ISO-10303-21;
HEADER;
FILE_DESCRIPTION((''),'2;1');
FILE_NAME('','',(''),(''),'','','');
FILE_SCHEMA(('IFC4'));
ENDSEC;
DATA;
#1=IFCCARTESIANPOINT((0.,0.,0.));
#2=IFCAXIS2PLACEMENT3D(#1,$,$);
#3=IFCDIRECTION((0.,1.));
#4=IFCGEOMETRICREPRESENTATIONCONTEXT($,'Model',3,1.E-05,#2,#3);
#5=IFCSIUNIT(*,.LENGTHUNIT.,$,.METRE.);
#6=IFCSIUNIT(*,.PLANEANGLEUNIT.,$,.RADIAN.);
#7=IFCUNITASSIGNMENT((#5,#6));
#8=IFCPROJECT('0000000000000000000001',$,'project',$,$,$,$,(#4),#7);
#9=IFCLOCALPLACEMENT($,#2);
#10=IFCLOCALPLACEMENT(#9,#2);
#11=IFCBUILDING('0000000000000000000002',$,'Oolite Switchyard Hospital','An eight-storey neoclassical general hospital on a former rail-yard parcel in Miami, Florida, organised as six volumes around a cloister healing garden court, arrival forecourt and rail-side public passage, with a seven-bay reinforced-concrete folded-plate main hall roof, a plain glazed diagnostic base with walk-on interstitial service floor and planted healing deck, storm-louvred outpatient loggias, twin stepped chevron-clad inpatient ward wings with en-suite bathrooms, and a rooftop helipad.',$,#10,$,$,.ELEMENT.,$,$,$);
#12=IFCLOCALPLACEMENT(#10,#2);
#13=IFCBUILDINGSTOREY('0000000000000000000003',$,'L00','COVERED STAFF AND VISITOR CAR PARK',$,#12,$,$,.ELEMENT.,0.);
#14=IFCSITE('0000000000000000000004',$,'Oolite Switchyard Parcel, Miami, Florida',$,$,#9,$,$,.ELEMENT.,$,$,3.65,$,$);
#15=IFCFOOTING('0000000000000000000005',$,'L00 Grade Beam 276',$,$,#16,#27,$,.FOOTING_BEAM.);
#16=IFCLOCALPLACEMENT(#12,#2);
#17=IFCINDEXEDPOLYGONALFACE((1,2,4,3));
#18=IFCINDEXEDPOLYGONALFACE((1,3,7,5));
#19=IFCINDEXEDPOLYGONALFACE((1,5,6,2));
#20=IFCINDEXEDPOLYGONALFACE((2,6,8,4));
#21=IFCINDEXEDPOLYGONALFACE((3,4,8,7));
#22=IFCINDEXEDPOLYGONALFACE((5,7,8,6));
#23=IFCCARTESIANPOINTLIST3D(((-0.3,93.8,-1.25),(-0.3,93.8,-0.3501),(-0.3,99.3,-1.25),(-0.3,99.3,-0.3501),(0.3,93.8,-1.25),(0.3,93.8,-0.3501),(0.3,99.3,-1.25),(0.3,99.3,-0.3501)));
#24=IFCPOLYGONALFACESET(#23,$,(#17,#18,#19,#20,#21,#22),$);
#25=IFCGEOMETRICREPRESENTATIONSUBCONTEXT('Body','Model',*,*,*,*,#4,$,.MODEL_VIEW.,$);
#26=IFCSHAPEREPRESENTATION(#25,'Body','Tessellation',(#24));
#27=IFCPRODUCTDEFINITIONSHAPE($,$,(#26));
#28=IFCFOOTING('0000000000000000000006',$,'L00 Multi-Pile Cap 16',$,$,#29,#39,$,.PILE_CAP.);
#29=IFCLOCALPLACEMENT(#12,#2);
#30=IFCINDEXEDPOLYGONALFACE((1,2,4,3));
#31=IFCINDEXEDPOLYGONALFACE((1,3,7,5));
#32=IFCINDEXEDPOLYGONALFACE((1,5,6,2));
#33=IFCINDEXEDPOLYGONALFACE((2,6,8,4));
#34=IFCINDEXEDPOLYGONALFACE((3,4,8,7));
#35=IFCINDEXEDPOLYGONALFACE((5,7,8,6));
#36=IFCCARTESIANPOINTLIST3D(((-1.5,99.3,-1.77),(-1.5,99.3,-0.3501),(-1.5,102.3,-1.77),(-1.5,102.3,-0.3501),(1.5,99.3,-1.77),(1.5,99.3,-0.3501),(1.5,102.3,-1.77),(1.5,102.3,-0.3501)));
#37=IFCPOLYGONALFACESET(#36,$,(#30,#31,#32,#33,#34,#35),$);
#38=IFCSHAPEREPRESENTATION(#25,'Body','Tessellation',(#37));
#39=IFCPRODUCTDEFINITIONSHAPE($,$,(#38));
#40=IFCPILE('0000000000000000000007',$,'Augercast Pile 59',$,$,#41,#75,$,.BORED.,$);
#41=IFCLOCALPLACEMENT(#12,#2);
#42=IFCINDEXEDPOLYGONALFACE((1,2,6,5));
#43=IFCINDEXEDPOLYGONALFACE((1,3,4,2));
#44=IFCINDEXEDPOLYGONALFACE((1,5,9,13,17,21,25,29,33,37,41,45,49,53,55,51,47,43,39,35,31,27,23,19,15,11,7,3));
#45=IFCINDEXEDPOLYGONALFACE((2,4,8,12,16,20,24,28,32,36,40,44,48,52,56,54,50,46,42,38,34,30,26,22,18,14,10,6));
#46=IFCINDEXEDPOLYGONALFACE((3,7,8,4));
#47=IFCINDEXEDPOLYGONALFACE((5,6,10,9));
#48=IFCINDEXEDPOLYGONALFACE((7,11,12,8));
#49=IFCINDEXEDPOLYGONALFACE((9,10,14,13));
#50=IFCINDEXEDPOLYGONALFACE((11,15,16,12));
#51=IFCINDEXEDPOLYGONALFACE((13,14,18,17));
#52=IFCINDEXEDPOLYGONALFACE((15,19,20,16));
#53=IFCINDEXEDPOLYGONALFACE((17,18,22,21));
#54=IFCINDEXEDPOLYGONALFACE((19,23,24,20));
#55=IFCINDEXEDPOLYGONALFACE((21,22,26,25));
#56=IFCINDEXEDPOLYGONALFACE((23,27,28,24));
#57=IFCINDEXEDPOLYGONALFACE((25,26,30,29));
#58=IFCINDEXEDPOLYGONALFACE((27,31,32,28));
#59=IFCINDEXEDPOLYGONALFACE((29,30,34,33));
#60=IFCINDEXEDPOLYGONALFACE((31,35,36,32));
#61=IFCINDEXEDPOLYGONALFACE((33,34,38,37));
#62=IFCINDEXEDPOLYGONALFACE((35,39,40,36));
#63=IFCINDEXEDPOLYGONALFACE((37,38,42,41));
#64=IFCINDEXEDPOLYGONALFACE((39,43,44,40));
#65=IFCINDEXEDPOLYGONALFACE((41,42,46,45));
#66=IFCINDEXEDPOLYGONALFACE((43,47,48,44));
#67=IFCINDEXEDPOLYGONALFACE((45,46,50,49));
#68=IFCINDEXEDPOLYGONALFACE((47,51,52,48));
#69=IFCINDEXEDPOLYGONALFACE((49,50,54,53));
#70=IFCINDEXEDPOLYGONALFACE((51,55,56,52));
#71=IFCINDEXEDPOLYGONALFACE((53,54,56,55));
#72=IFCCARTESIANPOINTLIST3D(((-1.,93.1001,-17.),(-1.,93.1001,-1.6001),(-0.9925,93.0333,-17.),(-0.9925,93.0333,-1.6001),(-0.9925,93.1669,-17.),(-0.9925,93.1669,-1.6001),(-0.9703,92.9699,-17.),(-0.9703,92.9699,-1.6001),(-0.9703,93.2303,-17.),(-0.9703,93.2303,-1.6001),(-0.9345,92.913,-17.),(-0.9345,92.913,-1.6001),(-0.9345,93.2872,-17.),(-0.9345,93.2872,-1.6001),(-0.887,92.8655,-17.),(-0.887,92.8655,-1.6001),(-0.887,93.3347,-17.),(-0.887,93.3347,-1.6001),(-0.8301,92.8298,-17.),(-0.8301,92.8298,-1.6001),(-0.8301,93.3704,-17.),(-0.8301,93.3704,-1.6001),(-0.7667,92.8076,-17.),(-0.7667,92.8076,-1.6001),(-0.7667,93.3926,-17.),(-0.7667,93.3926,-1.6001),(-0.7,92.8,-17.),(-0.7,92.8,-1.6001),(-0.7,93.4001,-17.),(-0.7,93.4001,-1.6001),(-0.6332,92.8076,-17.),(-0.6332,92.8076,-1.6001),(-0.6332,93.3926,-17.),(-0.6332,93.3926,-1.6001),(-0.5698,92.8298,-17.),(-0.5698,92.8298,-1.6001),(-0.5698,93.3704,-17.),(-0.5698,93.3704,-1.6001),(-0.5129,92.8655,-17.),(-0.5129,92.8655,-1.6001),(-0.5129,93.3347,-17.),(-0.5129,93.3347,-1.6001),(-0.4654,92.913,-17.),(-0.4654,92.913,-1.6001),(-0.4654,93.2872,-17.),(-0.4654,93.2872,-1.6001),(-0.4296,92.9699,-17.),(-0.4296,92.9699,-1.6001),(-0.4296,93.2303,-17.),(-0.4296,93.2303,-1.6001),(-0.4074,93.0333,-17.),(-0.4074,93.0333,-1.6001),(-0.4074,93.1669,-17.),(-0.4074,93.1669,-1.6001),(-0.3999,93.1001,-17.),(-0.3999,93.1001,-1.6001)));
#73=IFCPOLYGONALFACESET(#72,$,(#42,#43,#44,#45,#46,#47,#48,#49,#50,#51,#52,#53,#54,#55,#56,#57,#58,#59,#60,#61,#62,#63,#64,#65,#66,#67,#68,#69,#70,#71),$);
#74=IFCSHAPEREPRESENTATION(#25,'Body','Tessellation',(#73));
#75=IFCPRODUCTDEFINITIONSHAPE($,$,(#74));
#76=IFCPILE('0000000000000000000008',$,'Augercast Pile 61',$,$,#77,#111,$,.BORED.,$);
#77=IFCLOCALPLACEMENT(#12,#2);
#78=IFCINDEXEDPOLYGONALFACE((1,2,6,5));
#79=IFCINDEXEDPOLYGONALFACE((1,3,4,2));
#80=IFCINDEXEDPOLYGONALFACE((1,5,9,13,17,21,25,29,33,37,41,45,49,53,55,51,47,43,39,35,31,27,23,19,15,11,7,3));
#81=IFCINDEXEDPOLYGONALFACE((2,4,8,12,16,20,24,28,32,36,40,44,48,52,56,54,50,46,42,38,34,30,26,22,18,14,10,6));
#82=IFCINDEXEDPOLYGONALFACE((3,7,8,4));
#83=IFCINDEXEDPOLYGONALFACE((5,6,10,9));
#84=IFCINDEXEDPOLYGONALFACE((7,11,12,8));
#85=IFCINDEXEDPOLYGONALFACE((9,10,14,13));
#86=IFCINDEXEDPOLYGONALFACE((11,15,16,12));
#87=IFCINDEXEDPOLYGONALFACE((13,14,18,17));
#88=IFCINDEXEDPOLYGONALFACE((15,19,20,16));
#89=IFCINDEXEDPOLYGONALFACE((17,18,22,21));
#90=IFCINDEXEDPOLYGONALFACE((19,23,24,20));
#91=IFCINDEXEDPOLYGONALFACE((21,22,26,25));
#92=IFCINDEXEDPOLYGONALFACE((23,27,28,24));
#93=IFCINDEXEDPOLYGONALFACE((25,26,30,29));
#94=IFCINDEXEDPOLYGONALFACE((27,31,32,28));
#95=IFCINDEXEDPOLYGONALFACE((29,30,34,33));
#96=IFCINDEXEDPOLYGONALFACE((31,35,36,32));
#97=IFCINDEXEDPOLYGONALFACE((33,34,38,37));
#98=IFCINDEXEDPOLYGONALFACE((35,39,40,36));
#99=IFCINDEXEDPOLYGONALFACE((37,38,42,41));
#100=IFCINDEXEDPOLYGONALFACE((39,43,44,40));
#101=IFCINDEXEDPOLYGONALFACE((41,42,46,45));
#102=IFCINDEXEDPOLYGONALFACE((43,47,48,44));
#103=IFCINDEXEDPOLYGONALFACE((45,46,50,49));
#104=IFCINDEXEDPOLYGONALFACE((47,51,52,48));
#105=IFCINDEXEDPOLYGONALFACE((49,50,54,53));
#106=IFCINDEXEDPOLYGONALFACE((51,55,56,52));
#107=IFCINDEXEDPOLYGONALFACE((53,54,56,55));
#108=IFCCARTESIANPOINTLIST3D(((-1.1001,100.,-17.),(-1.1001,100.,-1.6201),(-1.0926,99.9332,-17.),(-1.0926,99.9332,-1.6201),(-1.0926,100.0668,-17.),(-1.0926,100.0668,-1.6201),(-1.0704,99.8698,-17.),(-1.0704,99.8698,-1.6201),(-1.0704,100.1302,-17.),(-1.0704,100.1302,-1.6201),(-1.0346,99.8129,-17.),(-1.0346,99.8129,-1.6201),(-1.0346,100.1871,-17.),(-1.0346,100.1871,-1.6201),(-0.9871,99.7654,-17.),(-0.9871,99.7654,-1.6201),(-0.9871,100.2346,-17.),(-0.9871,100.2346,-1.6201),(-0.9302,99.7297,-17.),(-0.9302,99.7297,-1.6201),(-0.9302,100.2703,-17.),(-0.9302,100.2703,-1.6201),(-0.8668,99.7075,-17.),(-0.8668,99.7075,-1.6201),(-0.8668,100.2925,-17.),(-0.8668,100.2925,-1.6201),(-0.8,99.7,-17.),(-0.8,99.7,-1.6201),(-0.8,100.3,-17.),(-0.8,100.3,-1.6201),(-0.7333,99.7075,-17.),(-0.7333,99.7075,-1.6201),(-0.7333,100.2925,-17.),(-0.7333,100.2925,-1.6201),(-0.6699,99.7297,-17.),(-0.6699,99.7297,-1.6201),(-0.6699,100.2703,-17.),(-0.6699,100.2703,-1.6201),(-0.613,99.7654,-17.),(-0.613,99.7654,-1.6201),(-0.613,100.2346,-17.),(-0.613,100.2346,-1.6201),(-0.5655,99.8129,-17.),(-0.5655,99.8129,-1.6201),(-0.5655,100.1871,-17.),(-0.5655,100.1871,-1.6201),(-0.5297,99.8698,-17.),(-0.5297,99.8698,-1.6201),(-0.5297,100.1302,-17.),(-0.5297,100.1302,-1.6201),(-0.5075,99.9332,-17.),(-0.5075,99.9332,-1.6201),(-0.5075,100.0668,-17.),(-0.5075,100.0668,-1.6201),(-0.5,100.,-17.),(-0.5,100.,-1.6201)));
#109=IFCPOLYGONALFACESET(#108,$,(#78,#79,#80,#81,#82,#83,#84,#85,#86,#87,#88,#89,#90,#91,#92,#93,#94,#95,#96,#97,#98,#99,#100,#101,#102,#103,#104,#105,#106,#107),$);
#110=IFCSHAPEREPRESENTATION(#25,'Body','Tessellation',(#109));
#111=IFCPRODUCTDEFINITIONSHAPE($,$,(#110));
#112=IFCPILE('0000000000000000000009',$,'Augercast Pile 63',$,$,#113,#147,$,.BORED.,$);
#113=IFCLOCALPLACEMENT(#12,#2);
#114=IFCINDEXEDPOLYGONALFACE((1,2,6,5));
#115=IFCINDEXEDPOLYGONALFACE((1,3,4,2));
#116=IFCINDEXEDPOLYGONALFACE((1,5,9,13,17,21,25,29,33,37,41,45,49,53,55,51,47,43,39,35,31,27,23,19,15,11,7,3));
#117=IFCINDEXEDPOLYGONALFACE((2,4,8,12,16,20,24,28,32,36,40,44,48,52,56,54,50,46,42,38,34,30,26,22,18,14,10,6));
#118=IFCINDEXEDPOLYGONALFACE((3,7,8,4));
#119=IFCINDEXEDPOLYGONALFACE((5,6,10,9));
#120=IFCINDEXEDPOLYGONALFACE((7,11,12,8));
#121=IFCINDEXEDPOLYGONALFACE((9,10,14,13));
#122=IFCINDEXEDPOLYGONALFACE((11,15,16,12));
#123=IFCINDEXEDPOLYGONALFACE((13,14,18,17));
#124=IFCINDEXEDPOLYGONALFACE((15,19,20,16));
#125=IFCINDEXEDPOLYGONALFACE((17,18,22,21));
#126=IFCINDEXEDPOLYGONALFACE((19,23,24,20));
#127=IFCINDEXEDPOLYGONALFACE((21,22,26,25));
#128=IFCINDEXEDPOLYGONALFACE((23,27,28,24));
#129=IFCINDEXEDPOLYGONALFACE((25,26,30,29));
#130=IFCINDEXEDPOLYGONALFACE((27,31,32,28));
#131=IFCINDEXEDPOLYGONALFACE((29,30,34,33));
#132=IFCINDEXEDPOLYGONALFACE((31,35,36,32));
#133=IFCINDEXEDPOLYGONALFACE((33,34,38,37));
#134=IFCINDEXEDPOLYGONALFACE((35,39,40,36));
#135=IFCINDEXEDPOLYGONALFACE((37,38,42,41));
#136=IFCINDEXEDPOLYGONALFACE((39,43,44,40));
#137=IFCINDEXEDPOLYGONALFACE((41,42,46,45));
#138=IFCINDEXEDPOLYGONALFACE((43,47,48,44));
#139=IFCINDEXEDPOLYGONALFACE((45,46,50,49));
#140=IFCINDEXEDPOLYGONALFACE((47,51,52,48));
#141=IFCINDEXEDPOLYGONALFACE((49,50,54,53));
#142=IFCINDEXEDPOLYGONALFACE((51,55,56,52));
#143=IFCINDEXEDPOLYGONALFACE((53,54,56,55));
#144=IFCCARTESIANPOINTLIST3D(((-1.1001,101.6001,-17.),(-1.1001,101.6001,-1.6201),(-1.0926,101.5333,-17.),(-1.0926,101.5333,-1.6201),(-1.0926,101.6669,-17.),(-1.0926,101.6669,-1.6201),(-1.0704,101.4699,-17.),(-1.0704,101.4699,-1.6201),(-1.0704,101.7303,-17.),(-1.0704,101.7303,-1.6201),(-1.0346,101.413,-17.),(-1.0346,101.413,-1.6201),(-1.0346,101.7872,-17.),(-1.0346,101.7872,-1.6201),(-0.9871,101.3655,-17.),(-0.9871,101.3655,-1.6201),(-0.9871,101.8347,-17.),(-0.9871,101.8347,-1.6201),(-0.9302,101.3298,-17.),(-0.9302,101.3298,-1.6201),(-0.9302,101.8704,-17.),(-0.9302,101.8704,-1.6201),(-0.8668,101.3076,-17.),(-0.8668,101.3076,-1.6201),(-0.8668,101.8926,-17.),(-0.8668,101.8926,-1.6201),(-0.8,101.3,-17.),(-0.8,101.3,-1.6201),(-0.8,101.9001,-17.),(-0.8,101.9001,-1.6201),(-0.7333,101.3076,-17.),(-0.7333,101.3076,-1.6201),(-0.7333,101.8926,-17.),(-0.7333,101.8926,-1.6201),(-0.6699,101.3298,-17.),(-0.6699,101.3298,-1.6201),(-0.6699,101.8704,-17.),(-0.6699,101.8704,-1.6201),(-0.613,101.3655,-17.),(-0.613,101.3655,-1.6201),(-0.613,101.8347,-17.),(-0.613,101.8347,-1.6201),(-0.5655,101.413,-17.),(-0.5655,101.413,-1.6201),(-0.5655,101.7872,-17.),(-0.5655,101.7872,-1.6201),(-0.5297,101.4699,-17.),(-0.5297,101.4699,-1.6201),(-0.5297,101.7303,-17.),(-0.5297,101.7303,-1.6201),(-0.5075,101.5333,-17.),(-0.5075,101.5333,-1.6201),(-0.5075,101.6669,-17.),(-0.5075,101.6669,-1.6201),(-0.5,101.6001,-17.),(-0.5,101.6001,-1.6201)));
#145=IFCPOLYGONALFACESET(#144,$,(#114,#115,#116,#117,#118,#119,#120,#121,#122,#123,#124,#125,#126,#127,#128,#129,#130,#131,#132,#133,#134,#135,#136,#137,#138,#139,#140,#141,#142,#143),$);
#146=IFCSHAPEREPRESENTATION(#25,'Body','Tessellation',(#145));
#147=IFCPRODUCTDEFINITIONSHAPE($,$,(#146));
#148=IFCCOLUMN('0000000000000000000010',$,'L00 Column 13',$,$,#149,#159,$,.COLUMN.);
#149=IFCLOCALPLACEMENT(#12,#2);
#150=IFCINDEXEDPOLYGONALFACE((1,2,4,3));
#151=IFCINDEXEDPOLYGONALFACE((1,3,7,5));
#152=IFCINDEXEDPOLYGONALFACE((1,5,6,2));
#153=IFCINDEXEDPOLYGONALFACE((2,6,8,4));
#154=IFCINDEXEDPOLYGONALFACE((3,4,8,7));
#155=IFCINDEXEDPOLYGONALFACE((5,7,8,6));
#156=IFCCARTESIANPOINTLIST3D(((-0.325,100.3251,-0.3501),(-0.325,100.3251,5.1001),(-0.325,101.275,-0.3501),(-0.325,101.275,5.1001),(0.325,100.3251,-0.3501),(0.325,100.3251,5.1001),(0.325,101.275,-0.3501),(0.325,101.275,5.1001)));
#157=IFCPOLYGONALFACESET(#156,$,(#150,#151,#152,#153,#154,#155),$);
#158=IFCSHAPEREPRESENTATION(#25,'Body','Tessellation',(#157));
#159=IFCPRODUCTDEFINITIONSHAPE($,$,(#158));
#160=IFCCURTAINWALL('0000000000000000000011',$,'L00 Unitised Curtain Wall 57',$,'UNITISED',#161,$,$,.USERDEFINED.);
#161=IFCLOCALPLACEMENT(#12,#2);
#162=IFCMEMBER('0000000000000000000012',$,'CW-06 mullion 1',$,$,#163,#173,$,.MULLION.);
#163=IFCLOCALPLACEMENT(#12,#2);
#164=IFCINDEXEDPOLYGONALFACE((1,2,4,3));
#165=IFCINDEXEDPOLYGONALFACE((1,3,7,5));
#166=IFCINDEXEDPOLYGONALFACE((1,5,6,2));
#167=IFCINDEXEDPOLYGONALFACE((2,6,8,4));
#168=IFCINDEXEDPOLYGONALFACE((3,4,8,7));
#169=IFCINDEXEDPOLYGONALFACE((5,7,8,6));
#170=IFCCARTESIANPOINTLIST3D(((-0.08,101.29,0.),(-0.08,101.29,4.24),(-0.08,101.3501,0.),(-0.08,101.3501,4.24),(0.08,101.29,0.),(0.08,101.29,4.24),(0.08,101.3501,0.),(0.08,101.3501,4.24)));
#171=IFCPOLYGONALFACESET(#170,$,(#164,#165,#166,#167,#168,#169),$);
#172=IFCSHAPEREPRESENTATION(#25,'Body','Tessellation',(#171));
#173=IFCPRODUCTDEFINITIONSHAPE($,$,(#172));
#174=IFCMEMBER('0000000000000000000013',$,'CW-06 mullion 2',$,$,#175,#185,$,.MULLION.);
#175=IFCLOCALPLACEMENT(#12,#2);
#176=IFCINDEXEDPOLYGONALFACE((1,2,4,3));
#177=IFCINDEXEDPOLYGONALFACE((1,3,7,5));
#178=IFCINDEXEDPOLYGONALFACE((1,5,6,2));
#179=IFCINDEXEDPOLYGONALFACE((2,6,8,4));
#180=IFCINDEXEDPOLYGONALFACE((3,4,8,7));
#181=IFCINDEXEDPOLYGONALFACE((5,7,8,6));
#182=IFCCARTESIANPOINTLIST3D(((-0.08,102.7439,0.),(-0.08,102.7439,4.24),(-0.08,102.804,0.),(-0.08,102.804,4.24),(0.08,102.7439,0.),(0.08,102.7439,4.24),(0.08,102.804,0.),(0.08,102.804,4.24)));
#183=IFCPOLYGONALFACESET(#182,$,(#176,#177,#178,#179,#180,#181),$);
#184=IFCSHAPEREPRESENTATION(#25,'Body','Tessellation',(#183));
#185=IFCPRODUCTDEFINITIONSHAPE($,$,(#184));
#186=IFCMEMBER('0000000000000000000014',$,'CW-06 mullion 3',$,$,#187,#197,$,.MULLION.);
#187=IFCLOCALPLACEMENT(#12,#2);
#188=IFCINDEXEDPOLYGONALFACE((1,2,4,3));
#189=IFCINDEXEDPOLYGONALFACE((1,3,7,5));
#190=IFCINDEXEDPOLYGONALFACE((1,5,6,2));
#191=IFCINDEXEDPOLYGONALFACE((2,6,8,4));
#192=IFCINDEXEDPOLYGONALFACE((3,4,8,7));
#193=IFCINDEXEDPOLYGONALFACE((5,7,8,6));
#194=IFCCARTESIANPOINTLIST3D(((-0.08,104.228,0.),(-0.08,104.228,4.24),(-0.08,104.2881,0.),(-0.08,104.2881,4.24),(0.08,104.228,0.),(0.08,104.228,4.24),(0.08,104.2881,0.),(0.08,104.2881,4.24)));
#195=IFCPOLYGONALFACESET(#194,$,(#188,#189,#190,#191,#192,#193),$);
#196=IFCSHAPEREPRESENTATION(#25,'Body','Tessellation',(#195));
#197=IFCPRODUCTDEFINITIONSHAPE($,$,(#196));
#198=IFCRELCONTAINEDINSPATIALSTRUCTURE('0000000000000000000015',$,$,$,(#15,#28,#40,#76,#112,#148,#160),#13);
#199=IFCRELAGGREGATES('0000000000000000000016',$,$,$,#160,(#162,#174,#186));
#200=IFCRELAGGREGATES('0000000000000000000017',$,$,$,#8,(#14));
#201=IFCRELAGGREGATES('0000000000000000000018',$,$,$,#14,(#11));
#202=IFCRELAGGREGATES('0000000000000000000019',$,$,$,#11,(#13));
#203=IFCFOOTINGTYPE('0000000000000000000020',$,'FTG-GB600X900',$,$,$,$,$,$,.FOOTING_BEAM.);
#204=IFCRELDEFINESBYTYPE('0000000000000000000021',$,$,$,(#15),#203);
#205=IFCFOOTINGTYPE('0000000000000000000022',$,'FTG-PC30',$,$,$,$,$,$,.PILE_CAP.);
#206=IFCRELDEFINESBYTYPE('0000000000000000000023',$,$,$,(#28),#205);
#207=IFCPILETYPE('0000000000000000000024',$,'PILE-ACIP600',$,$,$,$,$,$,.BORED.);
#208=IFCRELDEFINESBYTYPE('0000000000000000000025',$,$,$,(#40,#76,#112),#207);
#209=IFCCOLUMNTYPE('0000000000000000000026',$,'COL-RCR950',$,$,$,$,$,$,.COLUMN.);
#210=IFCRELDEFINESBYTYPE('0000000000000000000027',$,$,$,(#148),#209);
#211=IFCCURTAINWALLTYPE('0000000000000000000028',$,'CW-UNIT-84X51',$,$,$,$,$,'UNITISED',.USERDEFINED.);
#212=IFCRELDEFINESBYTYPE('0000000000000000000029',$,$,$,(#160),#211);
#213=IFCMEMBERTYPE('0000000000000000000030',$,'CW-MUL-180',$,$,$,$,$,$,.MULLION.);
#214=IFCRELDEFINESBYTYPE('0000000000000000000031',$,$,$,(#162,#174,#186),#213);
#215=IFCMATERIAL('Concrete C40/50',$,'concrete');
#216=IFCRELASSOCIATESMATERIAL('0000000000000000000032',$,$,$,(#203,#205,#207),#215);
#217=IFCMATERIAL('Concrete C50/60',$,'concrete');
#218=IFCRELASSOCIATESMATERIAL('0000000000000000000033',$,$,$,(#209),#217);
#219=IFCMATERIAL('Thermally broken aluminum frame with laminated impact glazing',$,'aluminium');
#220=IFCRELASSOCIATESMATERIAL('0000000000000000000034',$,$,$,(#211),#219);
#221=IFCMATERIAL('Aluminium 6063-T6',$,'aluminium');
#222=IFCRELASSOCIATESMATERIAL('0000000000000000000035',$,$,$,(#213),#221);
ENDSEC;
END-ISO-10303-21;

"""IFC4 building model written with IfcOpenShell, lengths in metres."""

from ifc_helpers import new_model, si_unit, direction, frame, origin, origin_2d, place, context, subcontext, project, spatial, rectangle, circle, extrude, material, material_profile, profile_set, type_object, element, aggregate, save


model = new_model("IFC4")

# Units and contexts
model_context = context("Model", 3, precision=1e-05, world=origin(), true_north=direction((0.0, 1.0)))
body_context = subcontext(model_context, "Body", "Model", "MODEL_VIEW")
ifc_project = project(units=[si_unit("LENGTHUNIT", "METRE"), si_unit("PLANEANGLEUNIT", "RADIAN")], contexts=[model_context])

# Site, building, storey
site_placement = place(None, origin())
site = spatial("IfcSite", under=ifc_project, at=site_placement, Name="Oolite Switchyard Parcel, Miami, Florida", CompositionType="ELEMENT", RefElevation=3.65)
building_placement = place(site_placement, origin())
building = spatial("IfcBuilding", under=site, at=building_placement, Name="Oolite Switchyard Hospital", Description="An eight-storey neoclassical general hospital on a former rail-yard parcel in Miami, Florida, organised as six volumes around a cloister healing garden court, arrival forecourt and rail-side public passage, with a seven-bay reinforced-concrete folded-plate main hall roof, a plain glazed diagnostic base with walk-on interstitial service floor and planted healing deck, storm-louvred outpatient loggias, twin stepped chevron-clad inpatient ward wings with en-suite bathrooms, and a rooftop helipad.", CompositionType="ELEMENT")
storey_placement = place(building_placement, origin())
storey = spatial("IfcBuildingStorey", under=building, at=storey_placement, Name="L00", Description="COVERED STAFF AND VISITOR CAR PARK", CompositionType="ELEMENT", Elevation=0.0)

# Footings
ifc_material_1 = material(Name="Concrete C40/50", Category="concrete")
footing_type_1 = type_object("IfcFootingType", Name="FTG-GB600X900", PredefinedType="FOOTING_BEAM", material=ifc_material_1)
footing_1_placement = place(storey_placement, frame((0.0, 96.55, -1.25), z_axis=(0.0, 0.0, 1.0), x_axis=(0.0, 1.0, 0.0)))
element("IfcFooting", 1, at=footing_1_placement, inside=storey, type_object=footing_type_1, Name="L00 Grade Beam 276", PredefinedType="FOOTING_BEAM", context=body_context, shape_type="SweptSolid", body=[
    extrude(rectangle(XDim=5.5, YDim=0.6001, at=origin_2d()), origin(), (0.0, 0.0, 1.0), 0.8999),
])
footing_type_2 = type_object("IfcFootingType", Name="FTG-PC30", PredefinedType="PILE_CAP", material=ifc_material_1)
footing_2_placement = place(storey_placement, frame((0.0, 100.8, -1.77), z_axis=(0.0, 0.0, 1.0), x_axis=(1.0, 0.0, 0.0)))
element("IfcFooting", 2, at=footing_2_placement, inside=storey, type_object=footing_type_2, Name="L00 Multi-Pile Cap 16", PredefinedType="PILE_CAP", context=body_context, shape_type="SweptSolid", body=[
    extrude(rectangle(XDim=3.0, YDim=3.0, at=origin_2d()), origin(), (0.0, 0.0, 1.0), 1.4199),
])

# Piles
ifc_material_profile_1 = material_profile(ifc_material_1, circle(Radius=0.3, at=origin_2d()), Name="PILE600")
ifc_profile_set_1 = profile_set([ifc_material_profile_1], Name="Concrete C40/50")
pile_type = type_object("IfcPileType", Name="PILE-ACIP600", PredefinedType="BORED", material=ifc_profile_set_1)
pile_placement = place(storey_placement, frame((-0.7, 93.1001, -1.6001), z_axis=(0.0, 0.0, -1.0), x_axis=(1.0, 0.0, 0.0)))
element("IfcPile", 3, at=pile_placement, inside=storey, type_object=pile_type, Name="Augercast Pile 59", PredefinedType="BORED", context=body_context, shape_type="SweptSolid", body=[
    extrude(circle(Radius=0.3, at=origin_2d()), origin(), (0.0, 0.0, 1.0), 15.3999),
])
for number, where, z_axis, x_axis, name in (
    (4, (-0.8, 100.0, -1.6201), (0.0, 0.0, -1.0), (1.0, 0.0, 0.0), "Augercast Pile 61"),
    (5, (-0.8, 101.6001, -1.6201), (0.0, 0.0, -1.0), (1.0, 0.0, 0.0), "Augercast Pile 63"),
):
    element("IfcPile", number, at=place(storey_placement, frame(where, z_axis=z_axis, x_axis=x_axis)), inside=storey, type_object=pile_type, Name=name, PredefinedType="BORED", context=body_context, shape_type="SweptSolid", body=[
        extrude(circle(Radius=0.3, at=origin_2d()), origin(), (0.0, 0.0, 1.0), 15.3799),
    ])

# Column
ifc_material_2 = material(Name="Concrete C50/60", Category="concrete")
ifc_material_profile_2 = material_profile(ifc_material_2, rectangle(XDim=0.95, YDim=0.6499, at=origin_2d()), Name="RC950X650")
ifc_profile_set_2 = profile_set([ifc_material_profile_2], Name="Concrete C50/60")
column_type = type_object("IfcColumnType", Name="COL-RCR950", PredefinedType="COLUMN", material=ifc_profile_set_2)
column_placement = place(storey_placement, frame((0.0, 100.8, -0.3501), z_axis=(0.0, 0.0, 1.0), x_axis=(0.0, 1.0, 0.0)))
element("IfcColumn", 6, at=column_placement, inside=storey, type_object=column_type, Name="L00 Column 13", PredefinedType="COLUMN", context=body_context, shape_type="SweptSolid", body=[
    extrude(rectangle(XDim=0.95, YDim=0.6499, at=origin_2d()), origin(), (0.0, 0.0, 1.0), 5.4502),
])

# Curtain wall, members
ifc_material_3 = material(Name="Thermally broken aluminum frame with laminated impact glazing", Category="aluminium")
curtain_wall_type = type_object("IfcCurtainWallType", Name="CW-UNIT-84X51", ElementType="UNITISED", PredefinedType="USERDEFINED", material=ifc_material_3)
curtain_wall_placement = place(storey_placement, origin())
curtain_wall = element("IfcCurtainWall", 7, at=curtain_wall_placement, inside=storey, type_object=curtain_wall_type, Name="L00 Unitised Curtain Wall 57", ObjectType="UNITISED", PredefinedType="USERDEFINED")
ifc_material_4 = material(Name="Aluminium 6063-T6", Category="aluminium")
ifc_material_profile_3 = material_profile(ifc_material_4, rectangle(XDim=0.1599, YDim=0.0601, at=origin_2d()), Name="CWM60X160")
ifc_profile_set_3 = profile_set([ifc_material_profile_3], Name="Aluminium 6063-T6")
member_type_1 = type_object("IfcMemberType", Name="CW-MUL-180", PredefinedType="MULLION", material=ifc_profile_set_3)
member_1_placement = place(storey_placement, frame((0.0, 101.3201, 0.0), z_axis=(0.0, 0.0, 1.0), x_axis=(-1.0, 0.0, 0.0)))
member_1 = element("IfcMember", 8, at=member_1_placement, type_object=member_type_1, Name="CW-06 mullion 1", PredefinedType="MULLION", context=body_context, shape_type="SweptSolid", body=[
    extrude(rectangle(XDim=0.1599, YDim=0.0601, at=origin_2d()), origin(), (0.0, 0.0, 1.0), 4.24),
])
member_2_placement = place(storey_placement, frame((0.0, 102.7739, 0.0), z_axis=(0.0, 0.0, 1.0), x_axis=(-1.0, 0.0, 0.0)))
member_2 = element("IfcMember", 9, at=member_2_placement, type_object=member_type_1, Name="CW-06 mullion 2", PredefinedType="MULLION", context=body_context, shape_type="SweptSolid", body=[
    extrude(rectangle(XDim=0.1599, YDim=0.0601, at=origin_2d()), origin(), (0.0, 0.0, 1.0), 4.24),
])
member_3_placement = place(storey_placement, frame((0.0, 104.2581, 0.0), z_axis=(0.0, 0.0, 1.0), x_axis=(-1.0, 0.0, 0.0)))
member_3 = element("IfcMember", 10, at=member_3_placement, type_object=member_type_1, Name="CW-06 mullion 3", PredefinedType="MULLION", context=body_context, shape_type="SweptSolid", body=[
    extrude(rectangle(XDim=0.1599, YDim=0.0601, at=origin_2d()), origin(), (0.0, 0.0, 1.0), 4.24),
])
aggregate(curtain_wall, [member_1, member_2, member_3])

save(model, "model.ifc")
